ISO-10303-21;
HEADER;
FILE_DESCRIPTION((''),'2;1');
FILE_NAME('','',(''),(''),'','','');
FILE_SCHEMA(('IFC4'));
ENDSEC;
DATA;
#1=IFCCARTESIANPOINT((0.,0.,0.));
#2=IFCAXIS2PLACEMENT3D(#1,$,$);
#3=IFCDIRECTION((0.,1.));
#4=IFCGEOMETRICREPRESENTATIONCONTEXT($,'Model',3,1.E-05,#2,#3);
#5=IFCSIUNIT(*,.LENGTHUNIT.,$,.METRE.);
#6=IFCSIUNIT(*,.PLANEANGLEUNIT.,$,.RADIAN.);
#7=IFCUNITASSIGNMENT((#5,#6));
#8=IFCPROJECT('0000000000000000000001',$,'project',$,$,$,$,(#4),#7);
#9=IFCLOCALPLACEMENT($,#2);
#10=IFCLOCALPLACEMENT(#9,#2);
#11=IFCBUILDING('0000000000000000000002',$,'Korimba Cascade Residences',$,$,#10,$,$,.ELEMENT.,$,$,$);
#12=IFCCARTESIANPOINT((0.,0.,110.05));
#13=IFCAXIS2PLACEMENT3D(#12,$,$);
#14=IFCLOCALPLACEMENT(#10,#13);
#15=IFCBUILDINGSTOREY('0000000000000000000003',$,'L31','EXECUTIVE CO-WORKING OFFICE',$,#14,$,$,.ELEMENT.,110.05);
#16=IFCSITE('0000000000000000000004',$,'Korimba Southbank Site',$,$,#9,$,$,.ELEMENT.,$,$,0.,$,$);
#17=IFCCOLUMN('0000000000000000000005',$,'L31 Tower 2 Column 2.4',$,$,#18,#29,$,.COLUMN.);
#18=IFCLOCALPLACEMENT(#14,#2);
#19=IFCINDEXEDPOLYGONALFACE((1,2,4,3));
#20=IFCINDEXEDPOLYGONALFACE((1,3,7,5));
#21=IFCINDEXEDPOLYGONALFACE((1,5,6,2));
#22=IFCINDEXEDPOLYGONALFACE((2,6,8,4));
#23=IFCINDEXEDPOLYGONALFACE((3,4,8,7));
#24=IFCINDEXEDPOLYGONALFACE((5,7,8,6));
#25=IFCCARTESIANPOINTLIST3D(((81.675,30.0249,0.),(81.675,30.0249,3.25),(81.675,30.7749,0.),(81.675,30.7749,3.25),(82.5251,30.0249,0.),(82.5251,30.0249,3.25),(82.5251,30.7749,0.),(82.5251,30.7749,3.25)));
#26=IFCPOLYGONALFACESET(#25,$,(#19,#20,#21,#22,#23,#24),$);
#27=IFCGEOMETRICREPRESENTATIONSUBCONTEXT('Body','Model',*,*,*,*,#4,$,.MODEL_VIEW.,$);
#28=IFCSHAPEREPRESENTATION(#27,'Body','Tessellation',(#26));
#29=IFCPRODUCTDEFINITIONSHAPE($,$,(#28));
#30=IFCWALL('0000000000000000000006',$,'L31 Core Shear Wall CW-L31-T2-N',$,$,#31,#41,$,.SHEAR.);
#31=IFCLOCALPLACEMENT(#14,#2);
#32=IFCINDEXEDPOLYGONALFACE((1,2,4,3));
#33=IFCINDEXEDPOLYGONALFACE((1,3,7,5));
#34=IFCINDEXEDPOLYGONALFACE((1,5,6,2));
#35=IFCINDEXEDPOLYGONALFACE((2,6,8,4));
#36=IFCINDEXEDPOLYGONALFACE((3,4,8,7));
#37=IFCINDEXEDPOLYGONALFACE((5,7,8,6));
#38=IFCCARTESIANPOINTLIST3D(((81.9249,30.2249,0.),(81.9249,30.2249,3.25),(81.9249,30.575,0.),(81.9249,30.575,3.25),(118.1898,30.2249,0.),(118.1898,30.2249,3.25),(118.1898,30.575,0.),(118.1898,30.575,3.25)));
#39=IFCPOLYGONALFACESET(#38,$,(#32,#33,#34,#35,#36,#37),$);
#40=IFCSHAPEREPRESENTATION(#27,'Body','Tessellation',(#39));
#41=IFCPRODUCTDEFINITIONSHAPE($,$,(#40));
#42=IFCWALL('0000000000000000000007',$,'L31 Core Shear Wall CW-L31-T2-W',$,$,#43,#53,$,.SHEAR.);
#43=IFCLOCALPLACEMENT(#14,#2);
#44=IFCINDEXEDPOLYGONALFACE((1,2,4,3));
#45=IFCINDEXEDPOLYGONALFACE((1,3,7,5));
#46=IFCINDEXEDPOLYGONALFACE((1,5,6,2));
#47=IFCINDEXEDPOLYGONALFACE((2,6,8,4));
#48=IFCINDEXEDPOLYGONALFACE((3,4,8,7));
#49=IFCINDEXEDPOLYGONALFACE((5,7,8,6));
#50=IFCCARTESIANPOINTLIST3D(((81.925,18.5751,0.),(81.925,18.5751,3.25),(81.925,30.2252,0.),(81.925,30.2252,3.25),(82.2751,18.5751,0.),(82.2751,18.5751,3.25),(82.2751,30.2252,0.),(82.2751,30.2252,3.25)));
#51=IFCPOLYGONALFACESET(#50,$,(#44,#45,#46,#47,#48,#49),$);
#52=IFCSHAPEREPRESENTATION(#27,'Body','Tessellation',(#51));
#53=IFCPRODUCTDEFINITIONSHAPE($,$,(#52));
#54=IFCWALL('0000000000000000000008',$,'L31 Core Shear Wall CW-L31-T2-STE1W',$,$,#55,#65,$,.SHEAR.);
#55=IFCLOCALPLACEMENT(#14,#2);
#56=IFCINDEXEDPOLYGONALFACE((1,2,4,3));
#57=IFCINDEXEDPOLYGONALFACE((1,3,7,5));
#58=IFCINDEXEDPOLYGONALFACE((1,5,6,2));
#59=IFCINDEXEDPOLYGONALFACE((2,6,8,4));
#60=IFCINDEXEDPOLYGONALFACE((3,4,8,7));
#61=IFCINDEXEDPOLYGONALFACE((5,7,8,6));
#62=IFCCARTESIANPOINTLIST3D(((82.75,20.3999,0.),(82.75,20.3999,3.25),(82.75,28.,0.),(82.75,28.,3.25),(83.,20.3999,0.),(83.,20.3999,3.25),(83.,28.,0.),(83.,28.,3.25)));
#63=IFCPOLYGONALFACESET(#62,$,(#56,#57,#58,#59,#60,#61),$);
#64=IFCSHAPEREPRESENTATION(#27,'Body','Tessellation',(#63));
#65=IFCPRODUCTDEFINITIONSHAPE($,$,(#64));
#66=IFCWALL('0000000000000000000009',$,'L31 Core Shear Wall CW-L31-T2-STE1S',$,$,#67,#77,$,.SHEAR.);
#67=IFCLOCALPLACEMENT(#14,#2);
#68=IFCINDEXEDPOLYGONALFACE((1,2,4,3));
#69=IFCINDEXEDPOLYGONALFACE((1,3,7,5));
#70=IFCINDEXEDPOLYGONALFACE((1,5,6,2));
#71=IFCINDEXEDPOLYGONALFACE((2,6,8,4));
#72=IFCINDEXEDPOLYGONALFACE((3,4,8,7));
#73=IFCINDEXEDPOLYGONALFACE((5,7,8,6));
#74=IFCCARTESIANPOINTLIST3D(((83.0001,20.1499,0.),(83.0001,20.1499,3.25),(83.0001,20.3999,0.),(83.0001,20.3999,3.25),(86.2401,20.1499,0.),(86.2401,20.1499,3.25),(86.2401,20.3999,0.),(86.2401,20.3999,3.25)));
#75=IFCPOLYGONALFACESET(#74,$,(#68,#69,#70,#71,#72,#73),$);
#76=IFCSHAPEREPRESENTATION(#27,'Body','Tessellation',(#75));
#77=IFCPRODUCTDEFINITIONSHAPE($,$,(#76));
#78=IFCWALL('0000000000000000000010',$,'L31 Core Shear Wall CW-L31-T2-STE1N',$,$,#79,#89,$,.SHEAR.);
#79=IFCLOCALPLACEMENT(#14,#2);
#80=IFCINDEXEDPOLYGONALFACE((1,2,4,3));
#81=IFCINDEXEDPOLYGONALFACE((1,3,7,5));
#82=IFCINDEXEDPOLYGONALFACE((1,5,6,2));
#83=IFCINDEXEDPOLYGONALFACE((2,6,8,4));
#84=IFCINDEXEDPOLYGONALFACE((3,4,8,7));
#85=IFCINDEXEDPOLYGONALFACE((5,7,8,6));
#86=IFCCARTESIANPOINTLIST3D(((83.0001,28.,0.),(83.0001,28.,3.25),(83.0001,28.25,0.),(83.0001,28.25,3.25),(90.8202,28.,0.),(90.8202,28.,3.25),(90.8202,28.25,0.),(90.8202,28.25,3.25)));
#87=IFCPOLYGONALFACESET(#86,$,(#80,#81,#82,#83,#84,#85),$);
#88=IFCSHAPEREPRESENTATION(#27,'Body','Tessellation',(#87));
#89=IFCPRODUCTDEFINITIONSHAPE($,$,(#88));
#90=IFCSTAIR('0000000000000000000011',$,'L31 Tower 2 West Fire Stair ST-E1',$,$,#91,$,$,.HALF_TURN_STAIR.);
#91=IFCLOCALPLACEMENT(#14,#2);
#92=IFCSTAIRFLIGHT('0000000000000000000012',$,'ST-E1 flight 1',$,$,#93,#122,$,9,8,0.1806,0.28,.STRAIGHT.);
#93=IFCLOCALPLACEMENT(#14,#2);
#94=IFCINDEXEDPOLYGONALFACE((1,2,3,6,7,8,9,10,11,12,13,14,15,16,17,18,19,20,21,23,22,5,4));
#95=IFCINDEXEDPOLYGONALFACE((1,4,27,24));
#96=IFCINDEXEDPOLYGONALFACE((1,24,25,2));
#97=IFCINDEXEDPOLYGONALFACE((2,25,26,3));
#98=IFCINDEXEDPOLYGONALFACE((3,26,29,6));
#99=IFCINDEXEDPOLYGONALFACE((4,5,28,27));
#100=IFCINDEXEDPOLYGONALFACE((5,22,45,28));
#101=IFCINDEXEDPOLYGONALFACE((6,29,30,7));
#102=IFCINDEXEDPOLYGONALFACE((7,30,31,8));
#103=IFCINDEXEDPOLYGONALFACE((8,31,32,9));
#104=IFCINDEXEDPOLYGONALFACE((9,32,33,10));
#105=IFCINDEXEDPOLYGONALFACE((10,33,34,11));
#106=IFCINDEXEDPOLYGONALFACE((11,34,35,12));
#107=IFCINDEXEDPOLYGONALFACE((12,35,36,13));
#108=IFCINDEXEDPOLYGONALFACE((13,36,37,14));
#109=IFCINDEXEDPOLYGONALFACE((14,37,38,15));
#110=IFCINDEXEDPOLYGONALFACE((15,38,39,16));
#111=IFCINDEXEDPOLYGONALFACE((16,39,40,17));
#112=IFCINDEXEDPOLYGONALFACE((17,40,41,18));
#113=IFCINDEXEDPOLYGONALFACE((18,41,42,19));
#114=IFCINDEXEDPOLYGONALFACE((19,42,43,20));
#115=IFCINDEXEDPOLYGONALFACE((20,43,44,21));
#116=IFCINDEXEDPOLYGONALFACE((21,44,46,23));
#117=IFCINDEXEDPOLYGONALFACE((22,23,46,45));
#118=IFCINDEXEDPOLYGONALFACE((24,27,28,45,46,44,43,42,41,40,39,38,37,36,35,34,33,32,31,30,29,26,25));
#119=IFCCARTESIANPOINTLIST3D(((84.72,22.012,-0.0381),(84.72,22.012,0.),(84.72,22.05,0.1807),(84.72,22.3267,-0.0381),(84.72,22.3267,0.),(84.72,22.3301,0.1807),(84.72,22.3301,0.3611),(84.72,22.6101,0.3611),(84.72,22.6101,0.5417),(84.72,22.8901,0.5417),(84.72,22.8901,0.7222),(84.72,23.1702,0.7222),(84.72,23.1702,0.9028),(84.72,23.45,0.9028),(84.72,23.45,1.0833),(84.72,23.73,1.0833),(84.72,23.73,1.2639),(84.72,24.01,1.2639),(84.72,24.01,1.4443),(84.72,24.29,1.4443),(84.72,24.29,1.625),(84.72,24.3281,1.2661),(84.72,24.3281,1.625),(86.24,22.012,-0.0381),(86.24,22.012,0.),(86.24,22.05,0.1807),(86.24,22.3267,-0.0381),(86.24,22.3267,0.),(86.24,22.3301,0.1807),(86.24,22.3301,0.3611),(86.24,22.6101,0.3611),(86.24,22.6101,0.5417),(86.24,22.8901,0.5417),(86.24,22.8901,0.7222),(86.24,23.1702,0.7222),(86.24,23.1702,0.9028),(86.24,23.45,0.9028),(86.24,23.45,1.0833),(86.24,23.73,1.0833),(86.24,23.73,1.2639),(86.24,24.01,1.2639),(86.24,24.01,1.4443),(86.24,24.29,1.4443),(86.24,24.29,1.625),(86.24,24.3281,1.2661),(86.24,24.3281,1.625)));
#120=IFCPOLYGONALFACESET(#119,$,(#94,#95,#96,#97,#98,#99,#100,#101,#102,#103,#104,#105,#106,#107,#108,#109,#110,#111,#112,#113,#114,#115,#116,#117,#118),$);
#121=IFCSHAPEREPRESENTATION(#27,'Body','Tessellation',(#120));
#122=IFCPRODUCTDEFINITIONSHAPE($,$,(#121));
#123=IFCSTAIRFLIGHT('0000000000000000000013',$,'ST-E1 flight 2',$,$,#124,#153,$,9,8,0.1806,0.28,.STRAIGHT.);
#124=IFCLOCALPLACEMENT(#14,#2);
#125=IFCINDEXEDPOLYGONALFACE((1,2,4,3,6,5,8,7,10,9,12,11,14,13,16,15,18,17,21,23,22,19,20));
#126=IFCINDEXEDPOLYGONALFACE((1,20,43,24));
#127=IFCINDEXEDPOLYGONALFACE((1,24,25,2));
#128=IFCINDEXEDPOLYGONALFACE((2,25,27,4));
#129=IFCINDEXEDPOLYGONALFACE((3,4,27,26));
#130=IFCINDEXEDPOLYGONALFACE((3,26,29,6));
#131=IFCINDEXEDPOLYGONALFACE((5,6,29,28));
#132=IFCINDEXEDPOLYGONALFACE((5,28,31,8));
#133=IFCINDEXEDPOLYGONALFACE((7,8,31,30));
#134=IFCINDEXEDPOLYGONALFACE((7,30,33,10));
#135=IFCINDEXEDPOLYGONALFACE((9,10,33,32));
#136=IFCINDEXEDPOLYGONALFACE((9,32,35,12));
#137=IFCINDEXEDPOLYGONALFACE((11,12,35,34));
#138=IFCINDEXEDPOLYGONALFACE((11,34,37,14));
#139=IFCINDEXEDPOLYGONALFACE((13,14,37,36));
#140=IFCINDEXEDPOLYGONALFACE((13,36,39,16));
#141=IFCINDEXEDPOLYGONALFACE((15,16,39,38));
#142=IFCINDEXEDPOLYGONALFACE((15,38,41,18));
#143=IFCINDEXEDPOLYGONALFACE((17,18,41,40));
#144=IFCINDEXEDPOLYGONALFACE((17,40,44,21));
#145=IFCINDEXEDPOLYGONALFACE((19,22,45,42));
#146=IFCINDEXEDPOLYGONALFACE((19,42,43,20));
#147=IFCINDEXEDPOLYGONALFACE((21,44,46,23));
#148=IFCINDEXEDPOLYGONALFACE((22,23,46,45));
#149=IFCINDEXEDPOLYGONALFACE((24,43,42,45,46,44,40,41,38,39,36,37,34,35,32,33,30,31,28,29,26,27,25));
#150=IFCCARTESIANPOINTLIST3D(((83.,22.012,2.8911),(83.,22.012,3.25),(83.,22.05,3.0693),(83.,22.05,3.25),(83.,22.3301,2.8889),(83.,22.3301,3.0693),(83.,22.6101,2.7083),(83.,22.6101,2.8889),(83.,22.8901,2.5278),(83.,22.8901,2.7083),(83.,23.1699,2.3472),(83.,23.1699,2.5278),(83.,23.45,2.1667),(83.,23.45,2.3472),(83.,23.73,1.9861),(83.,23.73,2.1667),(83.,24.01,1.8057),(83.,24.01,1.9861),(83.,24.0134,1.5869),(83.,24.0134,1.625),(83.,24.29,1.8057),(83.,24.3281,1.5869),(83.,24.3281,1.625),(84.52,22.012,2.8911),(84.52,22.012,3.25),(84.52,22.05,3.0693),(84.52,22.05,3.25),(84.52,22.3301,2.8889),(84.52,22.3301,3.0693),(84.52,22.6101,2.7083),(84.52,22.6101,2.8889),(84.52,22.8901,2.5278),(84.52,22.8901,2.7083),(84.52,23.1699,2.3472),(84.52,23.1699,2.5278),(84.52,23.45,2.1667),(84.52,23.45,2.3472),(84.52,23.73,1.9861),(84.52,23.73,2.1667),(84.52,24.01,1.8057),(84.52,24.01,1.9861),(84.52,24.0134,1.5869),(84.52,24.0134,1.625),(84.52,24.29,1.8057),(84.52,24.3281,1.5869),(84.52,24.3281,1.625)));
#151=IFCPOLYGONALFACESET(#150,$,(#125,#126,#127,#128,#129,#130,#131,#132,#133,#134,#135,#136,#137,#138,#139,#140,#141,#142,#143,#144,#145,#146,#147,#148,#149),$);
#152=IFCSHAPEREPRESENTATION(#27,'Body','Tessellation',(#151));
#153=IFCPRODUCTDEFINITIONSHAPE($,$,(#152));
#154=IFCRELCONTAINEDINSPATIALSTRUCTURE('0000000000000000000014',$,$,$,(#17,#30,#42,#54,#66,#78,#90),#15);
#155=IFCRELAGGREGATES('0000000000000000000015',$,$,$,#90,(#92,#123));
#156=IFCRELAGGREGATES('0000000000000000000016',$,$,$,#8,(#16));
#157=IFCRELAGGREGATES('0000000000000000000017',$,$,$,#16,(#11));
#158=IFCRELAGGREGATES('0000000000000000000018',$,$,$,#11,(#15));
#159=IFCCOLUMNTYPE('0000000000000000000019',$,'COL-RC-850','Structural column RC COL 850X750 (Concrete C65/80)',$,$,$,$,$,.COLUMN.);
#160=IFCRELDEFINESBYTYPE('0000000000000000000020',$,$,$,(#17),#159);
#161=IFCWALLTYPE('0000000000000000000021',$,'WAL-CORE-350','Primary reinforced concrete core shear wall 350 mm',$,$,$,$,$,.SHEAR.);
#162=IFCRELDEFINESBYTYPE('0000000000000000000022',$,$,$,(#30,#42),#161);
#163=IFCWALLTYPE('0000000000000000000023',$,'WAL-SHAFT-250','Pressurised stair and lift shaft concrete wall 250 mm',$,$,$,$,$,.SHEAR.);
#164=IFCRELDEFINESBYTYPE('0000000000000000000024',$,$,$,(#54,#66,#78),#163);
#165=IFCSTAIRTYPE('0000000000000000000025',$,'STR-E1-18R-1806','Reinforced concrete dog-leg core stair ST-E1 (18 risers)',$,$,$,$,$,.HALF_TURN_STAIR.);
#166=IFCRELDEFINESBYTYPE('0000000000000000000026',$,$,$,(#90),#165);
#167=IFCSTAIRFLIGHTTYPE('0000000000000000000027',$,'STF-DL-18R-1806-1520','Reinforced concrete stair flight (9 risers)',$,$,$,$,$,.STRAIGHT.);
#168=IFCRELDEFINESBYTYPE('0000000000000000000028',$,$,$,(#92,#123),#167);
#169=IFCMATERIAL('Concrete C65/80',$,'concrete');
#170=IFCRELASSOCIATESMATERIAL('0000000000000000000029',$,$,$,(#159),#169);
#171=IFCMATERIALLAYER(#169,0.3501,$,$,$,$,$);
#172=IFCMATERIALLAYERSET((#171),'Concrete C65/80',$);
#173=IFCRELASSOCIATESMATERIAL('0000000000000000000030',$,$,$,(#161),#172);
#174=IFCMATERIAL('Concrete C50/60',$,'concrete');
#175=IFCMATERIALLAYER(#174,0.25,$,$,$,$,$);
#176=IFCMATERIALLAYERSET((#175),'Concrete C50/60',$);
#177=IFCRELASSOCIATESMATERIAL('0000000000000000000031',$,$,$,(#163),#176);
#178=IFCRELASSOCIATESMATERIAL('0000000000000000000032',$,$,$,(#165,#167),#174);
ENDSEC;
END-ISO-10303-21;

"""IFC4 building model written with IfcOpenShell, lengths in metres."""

from ifc_helpers import new_model, si_unit, direction, frame, frame_2d, origin, origin_2d, place, context, subcontext, project, spatial, polyline, rectangle, outline, extrude, material, layer, layer_set, material_profile, profile_set, type_object, element, aggregate, save


model = new_model("IFC4")

# Units and contexts
model_context = context("Model", 3, precision=1e-05, world=origin(), true_north=direction((0.0, 1.0)))
body_context = subcontext(model_context, "Body", "Model", "MODEL_VIEW")
ifc_project = project(units=[si_unit("LENGTHUNIT", "METRE"), si_unit("PLANEANGLEUNIT", "RADIAN")], contexts=[model_context])

# Site, building, storey
site_placement = place(None, origin())
site = spatial("IfcSite", under=ifc_project, at=site_placement, Name="Korimba Southbank Site", CompositionType="ELEMENT", RefElevation=0.0)
building_placement = place(site_placement, origin())
building = spatial("IfcBuilding", under=site, at=building_placement, Name="Korimba Cascade Residences", CompositionType="ELEMENT")
storey_placement = place(building_placement, frame((0.0, 0.0, 110.05)))
storey = spatial("IfcBuildingStorey", under=building, at=storey_placement, Name="L31", Description="EXECUTIVE CO-WORKING OFFICE", CompositionType="ELEMENT", Elevation=110.05)

# Column
ifc_material_1 = material(Name="Concrete C65/80", Category="concrete")
ifc_material_profile = material_profile(ifc_material_1, rectangle(XDim=0.8501, YDim=0.75, at=origin_2d()), Name="Concrete C65/80")
ifc_profile_set = profile_set([ifc_material_profile], Name="Concrete C65/80")
column_type = type_object("IfcColumnType", Name="COL-RC-850", Description="Structural column RC COL 850X750 (Concrete C65/80)", PredefinedType="COLUMN", material=ifc_profile_set)
column_placement = place(storey_placement, frame((82.1001, 30.3999, 0.0), z_axis=(0.0, 0.0, 1.0), x_axis=(1.0, 0.0, 0.0)))
element("IfcColumn", 1, at=column_placement, inside=storey, type_object=column_type, Name="L31 Tower 2 Column 2.4", PredefinedType="COLUMN", context=body_context, shape_type="SweptSolid", body=[
    extrude(rectangle(XDim=0.8501, YDim=0.75, at=origin_2d()), origin(), (0.0, 0.0, 1.0), 3.25),
])

# Walls
ifc_layer_1 = layer(ifc_material_1, 0.3501)
ifc_layer_set_1 = layer_set([ifc_layer_1], Name="Concrete C65/80")
wall_type_1 = type_object("IfcWallType", Name="WAL-CORE-350", Description="Primary reinforced concrete core shear wall 350 mm", PredefinedType="SHEAR", material=ifc_layer_set_1)
wall_1_placement = place(storey_placement, frame((81.925, 30.3999, 0.0), z_axis=(0.0, 0.0, 1.0), x_axis=(1.0, 0.0, 0.0)))
element("IfcWall", 2, at=wall_1_placement, inside=storey, type_object=wall_type_1, Name="L31 Core Shear Wall CW-L31-T2-N", PredefinedType="SHEAR", context=body_context, shape_type="SweptSolid", body=[
    extrude(rectangle(XDim=36.2649, YDim=0.3501, at=frame_2d((18.1323, 0.0))), origin(), (0.0, 0.0, 1.0), 3.25),
])
wall_2_placement = place(storey_placement, frame((82.1001, 18.575, 0.0), z_axis=(0.0, 0.0, 1.0), x_axis=(0.0, 1.0, 0.0)))
element("IfcWall", 3, at=wall_2_placement, inside=storey, type_object=wall_type_1, Name="L31 Core Shear Wall CW-L31-T2-W", PredefinedType="SHEAR", context=body_context, shape_type="SweptSolid", body=[
    extrude(rectangle(XDim=11.6501, YDim=0.3501, at=frame_2d((5.8252, 0.0))), origin(), (0.0, 0.0, 1.0), 3.25),
])
ifc_material_2 = material(Name="Concrete C50/60", Category="concrete")
ifc_layer_2 = layer(ifc_material_2, 0.25)
ifc_layer_set_2 = layer_set([ifc_layer_2], Name="Concrete C50/60")
wall_type_2 = type_object("IfcWallType", Name="WAL-SHAFT-250", Description="Pressurised stair and lift shaft concrete wall 250 mm", PredefinedType="SHEAR", material=ifc_layer_set_2)
wall_3_placement = place(storey_placement, frame((82.875, 20.3999, 0.0), z_axis=(0.0, 0.0, 1.0), x_axis=(0.0, 1.0, 0.0)))
element("IfcWall", 4, at=wall_3_placement, inside=storey, type_object=wall_type_2, Name="L31 Core Shear Wall CW-L31-T2-STE1W", PredefinedType="SHEAR", context=body_context, shape_type="SweptSolid", body=[
    extrude(rectangle(XDim=7.6001, YDim=0.25, at=frame_2d((3.8, 0.0))), origin(), (0.0, 0.0, 1.0), 3.25),
])
wall_4_placement = place(storey_placement, frame((83.0, 20.2749, 0.0), z_axis=(0.0, 0.0, 1.0), x_axis=(1.0, 0.0, 0.0)))
element("IfcWall", 5, at=wall_4_placement, inside=storey, type_object=wall_type_2, Name="L31 Core Shear Wall CW-L31-T2-STE1S", PredefinedType="SHEAR", context=body_context, shape_type="SweptSolid", body=[
    extrude(rectangle(XDim=3.24, YDim=0.25, at=frame_2d((1.6201, 0.0))), origin(), (0.0, 0.0, 1.0), 3.25),
])
wall_5_placement = place(storey_placement, frame((83.0, 28.125, 0.0), z_axis=(0.0, 0.0, 1.0), x_axis=(1.0, 0.0, 0.0)))
element("IfcWall", 6, at=wall_5_placement, inside=storey, type_object=wall_type_2, Name="L31 Core Shear Wall CW-L31-T2-STE1N", PredefinedType="SHEAR", context=body_context, shape_type="SweptSolid", body=[
    extrude(rectangle(XDim=7.8201, YDim=0.25, at=frame_2d((3.9102, 0.0))), origin(), (0.0, 0.0, 1.0), 3.25),
])

# Stair, stair flights
stair_type = type_object("IfcStairType", Name="STR-E1-18R-1806", Description="Reinforced concrete dog-leg core stair ST-E1 (18 risers)", PredefinedType="HALF_TURN_STAIR", material=ifc_material_2)
stair_placement = place(storey_placement, origin())
stair = element("IfcStair", 7, at=stair_placement, inside=storey, type_object=stair_type, Name="L31 Tower 2 West Fire Stair ST-E1", PredefinedType="HALF_TURN_STAIR")
stair_flight_type = type_object("IfcStairFlightType", Name="STF-DL-18R-1806-1520", Description="Reinforced concrete stair flight (9 risers)", PredefinedType="STRAIGHT", material=ifc_material_2)
stair_flight_1_placement = place(storey_placement, frame((85.48, 22.05, 0.0), z_axis=(0.0, 0.0, 1.0), x_axis=(0.0, 1.0, 0.0)))
stair_flight_1 = element("IfcStairFlight", 8, at=stair_flight_1_placement, type_object=stair_flight_type, Name="ST-E1 flight 1", NumberOfRisers=9, NumberOfTreads=8, PredefinedType="STRAIGHT", RiserHeight=0.1806, TreadLength=0.28, context=body_context, shape_type="SweptSolid", body=[
    extrude(outline(polyline([(-0.0381, 0.0), (0.0, 0.1807), (0.28, 0.1807), (0.28, 0.3611), (0.5601, 0.3611), (0.5601, 0.5417), (0.8401, 0.5417), (0.8401, 0.7222), (1.1201, 0.7222), (1.1201, 0.9028), (1.3999, 0.9028), (1.3999, 1.0833), (1.6799, 1.0833), (1.6799, 1.2639), (1.96, 1.2639), (1.96, 1.4443), (2.24, 1.4443), (2.24, 1.625), (2.2781, 1.625), (2.2781, 1.2661), (0.2766, 0.0), (0.2766, -0.0381), (-0.0381, -0.0381), (-0.0381, 0.0)])), frame((0.0, 0.76, 0.0), z_axis=(0.0, -1.0, 0.0), x_axis=(1.0, 0.0, 0.0)), (0.0, 0.0, 1.0), 1.52),
])
stair_flight_2_placement = place(storey_placement, frame((83.76, 24.29, 1.625), z_axis=(0.0, 0.0, 1.0), x_axis=(0.0, -1.0, 0.0)))
stair_flight_2 = element("IfcStairFlight", 9, at=stair_flight_2_placement, type_object=stair_flight_type, Name="ST-E1 flight 2", NumberOfRisers=9, NumberOfTreads=8, PredefinedType="STRAIGHT", RiserHeight=0.1806, TreadLength=0.28, context=body_context, shape_type="SweptSolid", body=[
    extrude(outline(polyline([(-0.0381, 0.0), (0.0, 0.1807), (0.28, 0.1807), (0.28, 0.3611), (0.5601, 0.3611), (0.5601, 0.5417), (0.8401, 0.5417), (0.8401, 0.7222), (1.1201, 0.7222), (1.1201, 0.9028), (1.3999, 0.9028), (1.3999, 1.0833), (1.6799, 1.0833), (1.6799, 1.2639), (1.96, 1.2639), (1.96, 1.4443), (2.24, 1.4443), (2.24, 1.625), (2.2781, 1.625), (2.2781, 1.2661), (0.2766, 0.0), (0.2766, -0.0381), (-0.0381, -0.0381), (-0.0381, 0.0)])), frame((0.0, 0.76, 0.0), z_axis=(0.0, -1.0, 0.0), x_axis=(1.0, 0.0, 0.0)), (0.0, 0.0, 1.0), 1.52),
])
aggregate(stair, [stair_flight_1, stair_flight_2])

save(model, "model.ifc")
